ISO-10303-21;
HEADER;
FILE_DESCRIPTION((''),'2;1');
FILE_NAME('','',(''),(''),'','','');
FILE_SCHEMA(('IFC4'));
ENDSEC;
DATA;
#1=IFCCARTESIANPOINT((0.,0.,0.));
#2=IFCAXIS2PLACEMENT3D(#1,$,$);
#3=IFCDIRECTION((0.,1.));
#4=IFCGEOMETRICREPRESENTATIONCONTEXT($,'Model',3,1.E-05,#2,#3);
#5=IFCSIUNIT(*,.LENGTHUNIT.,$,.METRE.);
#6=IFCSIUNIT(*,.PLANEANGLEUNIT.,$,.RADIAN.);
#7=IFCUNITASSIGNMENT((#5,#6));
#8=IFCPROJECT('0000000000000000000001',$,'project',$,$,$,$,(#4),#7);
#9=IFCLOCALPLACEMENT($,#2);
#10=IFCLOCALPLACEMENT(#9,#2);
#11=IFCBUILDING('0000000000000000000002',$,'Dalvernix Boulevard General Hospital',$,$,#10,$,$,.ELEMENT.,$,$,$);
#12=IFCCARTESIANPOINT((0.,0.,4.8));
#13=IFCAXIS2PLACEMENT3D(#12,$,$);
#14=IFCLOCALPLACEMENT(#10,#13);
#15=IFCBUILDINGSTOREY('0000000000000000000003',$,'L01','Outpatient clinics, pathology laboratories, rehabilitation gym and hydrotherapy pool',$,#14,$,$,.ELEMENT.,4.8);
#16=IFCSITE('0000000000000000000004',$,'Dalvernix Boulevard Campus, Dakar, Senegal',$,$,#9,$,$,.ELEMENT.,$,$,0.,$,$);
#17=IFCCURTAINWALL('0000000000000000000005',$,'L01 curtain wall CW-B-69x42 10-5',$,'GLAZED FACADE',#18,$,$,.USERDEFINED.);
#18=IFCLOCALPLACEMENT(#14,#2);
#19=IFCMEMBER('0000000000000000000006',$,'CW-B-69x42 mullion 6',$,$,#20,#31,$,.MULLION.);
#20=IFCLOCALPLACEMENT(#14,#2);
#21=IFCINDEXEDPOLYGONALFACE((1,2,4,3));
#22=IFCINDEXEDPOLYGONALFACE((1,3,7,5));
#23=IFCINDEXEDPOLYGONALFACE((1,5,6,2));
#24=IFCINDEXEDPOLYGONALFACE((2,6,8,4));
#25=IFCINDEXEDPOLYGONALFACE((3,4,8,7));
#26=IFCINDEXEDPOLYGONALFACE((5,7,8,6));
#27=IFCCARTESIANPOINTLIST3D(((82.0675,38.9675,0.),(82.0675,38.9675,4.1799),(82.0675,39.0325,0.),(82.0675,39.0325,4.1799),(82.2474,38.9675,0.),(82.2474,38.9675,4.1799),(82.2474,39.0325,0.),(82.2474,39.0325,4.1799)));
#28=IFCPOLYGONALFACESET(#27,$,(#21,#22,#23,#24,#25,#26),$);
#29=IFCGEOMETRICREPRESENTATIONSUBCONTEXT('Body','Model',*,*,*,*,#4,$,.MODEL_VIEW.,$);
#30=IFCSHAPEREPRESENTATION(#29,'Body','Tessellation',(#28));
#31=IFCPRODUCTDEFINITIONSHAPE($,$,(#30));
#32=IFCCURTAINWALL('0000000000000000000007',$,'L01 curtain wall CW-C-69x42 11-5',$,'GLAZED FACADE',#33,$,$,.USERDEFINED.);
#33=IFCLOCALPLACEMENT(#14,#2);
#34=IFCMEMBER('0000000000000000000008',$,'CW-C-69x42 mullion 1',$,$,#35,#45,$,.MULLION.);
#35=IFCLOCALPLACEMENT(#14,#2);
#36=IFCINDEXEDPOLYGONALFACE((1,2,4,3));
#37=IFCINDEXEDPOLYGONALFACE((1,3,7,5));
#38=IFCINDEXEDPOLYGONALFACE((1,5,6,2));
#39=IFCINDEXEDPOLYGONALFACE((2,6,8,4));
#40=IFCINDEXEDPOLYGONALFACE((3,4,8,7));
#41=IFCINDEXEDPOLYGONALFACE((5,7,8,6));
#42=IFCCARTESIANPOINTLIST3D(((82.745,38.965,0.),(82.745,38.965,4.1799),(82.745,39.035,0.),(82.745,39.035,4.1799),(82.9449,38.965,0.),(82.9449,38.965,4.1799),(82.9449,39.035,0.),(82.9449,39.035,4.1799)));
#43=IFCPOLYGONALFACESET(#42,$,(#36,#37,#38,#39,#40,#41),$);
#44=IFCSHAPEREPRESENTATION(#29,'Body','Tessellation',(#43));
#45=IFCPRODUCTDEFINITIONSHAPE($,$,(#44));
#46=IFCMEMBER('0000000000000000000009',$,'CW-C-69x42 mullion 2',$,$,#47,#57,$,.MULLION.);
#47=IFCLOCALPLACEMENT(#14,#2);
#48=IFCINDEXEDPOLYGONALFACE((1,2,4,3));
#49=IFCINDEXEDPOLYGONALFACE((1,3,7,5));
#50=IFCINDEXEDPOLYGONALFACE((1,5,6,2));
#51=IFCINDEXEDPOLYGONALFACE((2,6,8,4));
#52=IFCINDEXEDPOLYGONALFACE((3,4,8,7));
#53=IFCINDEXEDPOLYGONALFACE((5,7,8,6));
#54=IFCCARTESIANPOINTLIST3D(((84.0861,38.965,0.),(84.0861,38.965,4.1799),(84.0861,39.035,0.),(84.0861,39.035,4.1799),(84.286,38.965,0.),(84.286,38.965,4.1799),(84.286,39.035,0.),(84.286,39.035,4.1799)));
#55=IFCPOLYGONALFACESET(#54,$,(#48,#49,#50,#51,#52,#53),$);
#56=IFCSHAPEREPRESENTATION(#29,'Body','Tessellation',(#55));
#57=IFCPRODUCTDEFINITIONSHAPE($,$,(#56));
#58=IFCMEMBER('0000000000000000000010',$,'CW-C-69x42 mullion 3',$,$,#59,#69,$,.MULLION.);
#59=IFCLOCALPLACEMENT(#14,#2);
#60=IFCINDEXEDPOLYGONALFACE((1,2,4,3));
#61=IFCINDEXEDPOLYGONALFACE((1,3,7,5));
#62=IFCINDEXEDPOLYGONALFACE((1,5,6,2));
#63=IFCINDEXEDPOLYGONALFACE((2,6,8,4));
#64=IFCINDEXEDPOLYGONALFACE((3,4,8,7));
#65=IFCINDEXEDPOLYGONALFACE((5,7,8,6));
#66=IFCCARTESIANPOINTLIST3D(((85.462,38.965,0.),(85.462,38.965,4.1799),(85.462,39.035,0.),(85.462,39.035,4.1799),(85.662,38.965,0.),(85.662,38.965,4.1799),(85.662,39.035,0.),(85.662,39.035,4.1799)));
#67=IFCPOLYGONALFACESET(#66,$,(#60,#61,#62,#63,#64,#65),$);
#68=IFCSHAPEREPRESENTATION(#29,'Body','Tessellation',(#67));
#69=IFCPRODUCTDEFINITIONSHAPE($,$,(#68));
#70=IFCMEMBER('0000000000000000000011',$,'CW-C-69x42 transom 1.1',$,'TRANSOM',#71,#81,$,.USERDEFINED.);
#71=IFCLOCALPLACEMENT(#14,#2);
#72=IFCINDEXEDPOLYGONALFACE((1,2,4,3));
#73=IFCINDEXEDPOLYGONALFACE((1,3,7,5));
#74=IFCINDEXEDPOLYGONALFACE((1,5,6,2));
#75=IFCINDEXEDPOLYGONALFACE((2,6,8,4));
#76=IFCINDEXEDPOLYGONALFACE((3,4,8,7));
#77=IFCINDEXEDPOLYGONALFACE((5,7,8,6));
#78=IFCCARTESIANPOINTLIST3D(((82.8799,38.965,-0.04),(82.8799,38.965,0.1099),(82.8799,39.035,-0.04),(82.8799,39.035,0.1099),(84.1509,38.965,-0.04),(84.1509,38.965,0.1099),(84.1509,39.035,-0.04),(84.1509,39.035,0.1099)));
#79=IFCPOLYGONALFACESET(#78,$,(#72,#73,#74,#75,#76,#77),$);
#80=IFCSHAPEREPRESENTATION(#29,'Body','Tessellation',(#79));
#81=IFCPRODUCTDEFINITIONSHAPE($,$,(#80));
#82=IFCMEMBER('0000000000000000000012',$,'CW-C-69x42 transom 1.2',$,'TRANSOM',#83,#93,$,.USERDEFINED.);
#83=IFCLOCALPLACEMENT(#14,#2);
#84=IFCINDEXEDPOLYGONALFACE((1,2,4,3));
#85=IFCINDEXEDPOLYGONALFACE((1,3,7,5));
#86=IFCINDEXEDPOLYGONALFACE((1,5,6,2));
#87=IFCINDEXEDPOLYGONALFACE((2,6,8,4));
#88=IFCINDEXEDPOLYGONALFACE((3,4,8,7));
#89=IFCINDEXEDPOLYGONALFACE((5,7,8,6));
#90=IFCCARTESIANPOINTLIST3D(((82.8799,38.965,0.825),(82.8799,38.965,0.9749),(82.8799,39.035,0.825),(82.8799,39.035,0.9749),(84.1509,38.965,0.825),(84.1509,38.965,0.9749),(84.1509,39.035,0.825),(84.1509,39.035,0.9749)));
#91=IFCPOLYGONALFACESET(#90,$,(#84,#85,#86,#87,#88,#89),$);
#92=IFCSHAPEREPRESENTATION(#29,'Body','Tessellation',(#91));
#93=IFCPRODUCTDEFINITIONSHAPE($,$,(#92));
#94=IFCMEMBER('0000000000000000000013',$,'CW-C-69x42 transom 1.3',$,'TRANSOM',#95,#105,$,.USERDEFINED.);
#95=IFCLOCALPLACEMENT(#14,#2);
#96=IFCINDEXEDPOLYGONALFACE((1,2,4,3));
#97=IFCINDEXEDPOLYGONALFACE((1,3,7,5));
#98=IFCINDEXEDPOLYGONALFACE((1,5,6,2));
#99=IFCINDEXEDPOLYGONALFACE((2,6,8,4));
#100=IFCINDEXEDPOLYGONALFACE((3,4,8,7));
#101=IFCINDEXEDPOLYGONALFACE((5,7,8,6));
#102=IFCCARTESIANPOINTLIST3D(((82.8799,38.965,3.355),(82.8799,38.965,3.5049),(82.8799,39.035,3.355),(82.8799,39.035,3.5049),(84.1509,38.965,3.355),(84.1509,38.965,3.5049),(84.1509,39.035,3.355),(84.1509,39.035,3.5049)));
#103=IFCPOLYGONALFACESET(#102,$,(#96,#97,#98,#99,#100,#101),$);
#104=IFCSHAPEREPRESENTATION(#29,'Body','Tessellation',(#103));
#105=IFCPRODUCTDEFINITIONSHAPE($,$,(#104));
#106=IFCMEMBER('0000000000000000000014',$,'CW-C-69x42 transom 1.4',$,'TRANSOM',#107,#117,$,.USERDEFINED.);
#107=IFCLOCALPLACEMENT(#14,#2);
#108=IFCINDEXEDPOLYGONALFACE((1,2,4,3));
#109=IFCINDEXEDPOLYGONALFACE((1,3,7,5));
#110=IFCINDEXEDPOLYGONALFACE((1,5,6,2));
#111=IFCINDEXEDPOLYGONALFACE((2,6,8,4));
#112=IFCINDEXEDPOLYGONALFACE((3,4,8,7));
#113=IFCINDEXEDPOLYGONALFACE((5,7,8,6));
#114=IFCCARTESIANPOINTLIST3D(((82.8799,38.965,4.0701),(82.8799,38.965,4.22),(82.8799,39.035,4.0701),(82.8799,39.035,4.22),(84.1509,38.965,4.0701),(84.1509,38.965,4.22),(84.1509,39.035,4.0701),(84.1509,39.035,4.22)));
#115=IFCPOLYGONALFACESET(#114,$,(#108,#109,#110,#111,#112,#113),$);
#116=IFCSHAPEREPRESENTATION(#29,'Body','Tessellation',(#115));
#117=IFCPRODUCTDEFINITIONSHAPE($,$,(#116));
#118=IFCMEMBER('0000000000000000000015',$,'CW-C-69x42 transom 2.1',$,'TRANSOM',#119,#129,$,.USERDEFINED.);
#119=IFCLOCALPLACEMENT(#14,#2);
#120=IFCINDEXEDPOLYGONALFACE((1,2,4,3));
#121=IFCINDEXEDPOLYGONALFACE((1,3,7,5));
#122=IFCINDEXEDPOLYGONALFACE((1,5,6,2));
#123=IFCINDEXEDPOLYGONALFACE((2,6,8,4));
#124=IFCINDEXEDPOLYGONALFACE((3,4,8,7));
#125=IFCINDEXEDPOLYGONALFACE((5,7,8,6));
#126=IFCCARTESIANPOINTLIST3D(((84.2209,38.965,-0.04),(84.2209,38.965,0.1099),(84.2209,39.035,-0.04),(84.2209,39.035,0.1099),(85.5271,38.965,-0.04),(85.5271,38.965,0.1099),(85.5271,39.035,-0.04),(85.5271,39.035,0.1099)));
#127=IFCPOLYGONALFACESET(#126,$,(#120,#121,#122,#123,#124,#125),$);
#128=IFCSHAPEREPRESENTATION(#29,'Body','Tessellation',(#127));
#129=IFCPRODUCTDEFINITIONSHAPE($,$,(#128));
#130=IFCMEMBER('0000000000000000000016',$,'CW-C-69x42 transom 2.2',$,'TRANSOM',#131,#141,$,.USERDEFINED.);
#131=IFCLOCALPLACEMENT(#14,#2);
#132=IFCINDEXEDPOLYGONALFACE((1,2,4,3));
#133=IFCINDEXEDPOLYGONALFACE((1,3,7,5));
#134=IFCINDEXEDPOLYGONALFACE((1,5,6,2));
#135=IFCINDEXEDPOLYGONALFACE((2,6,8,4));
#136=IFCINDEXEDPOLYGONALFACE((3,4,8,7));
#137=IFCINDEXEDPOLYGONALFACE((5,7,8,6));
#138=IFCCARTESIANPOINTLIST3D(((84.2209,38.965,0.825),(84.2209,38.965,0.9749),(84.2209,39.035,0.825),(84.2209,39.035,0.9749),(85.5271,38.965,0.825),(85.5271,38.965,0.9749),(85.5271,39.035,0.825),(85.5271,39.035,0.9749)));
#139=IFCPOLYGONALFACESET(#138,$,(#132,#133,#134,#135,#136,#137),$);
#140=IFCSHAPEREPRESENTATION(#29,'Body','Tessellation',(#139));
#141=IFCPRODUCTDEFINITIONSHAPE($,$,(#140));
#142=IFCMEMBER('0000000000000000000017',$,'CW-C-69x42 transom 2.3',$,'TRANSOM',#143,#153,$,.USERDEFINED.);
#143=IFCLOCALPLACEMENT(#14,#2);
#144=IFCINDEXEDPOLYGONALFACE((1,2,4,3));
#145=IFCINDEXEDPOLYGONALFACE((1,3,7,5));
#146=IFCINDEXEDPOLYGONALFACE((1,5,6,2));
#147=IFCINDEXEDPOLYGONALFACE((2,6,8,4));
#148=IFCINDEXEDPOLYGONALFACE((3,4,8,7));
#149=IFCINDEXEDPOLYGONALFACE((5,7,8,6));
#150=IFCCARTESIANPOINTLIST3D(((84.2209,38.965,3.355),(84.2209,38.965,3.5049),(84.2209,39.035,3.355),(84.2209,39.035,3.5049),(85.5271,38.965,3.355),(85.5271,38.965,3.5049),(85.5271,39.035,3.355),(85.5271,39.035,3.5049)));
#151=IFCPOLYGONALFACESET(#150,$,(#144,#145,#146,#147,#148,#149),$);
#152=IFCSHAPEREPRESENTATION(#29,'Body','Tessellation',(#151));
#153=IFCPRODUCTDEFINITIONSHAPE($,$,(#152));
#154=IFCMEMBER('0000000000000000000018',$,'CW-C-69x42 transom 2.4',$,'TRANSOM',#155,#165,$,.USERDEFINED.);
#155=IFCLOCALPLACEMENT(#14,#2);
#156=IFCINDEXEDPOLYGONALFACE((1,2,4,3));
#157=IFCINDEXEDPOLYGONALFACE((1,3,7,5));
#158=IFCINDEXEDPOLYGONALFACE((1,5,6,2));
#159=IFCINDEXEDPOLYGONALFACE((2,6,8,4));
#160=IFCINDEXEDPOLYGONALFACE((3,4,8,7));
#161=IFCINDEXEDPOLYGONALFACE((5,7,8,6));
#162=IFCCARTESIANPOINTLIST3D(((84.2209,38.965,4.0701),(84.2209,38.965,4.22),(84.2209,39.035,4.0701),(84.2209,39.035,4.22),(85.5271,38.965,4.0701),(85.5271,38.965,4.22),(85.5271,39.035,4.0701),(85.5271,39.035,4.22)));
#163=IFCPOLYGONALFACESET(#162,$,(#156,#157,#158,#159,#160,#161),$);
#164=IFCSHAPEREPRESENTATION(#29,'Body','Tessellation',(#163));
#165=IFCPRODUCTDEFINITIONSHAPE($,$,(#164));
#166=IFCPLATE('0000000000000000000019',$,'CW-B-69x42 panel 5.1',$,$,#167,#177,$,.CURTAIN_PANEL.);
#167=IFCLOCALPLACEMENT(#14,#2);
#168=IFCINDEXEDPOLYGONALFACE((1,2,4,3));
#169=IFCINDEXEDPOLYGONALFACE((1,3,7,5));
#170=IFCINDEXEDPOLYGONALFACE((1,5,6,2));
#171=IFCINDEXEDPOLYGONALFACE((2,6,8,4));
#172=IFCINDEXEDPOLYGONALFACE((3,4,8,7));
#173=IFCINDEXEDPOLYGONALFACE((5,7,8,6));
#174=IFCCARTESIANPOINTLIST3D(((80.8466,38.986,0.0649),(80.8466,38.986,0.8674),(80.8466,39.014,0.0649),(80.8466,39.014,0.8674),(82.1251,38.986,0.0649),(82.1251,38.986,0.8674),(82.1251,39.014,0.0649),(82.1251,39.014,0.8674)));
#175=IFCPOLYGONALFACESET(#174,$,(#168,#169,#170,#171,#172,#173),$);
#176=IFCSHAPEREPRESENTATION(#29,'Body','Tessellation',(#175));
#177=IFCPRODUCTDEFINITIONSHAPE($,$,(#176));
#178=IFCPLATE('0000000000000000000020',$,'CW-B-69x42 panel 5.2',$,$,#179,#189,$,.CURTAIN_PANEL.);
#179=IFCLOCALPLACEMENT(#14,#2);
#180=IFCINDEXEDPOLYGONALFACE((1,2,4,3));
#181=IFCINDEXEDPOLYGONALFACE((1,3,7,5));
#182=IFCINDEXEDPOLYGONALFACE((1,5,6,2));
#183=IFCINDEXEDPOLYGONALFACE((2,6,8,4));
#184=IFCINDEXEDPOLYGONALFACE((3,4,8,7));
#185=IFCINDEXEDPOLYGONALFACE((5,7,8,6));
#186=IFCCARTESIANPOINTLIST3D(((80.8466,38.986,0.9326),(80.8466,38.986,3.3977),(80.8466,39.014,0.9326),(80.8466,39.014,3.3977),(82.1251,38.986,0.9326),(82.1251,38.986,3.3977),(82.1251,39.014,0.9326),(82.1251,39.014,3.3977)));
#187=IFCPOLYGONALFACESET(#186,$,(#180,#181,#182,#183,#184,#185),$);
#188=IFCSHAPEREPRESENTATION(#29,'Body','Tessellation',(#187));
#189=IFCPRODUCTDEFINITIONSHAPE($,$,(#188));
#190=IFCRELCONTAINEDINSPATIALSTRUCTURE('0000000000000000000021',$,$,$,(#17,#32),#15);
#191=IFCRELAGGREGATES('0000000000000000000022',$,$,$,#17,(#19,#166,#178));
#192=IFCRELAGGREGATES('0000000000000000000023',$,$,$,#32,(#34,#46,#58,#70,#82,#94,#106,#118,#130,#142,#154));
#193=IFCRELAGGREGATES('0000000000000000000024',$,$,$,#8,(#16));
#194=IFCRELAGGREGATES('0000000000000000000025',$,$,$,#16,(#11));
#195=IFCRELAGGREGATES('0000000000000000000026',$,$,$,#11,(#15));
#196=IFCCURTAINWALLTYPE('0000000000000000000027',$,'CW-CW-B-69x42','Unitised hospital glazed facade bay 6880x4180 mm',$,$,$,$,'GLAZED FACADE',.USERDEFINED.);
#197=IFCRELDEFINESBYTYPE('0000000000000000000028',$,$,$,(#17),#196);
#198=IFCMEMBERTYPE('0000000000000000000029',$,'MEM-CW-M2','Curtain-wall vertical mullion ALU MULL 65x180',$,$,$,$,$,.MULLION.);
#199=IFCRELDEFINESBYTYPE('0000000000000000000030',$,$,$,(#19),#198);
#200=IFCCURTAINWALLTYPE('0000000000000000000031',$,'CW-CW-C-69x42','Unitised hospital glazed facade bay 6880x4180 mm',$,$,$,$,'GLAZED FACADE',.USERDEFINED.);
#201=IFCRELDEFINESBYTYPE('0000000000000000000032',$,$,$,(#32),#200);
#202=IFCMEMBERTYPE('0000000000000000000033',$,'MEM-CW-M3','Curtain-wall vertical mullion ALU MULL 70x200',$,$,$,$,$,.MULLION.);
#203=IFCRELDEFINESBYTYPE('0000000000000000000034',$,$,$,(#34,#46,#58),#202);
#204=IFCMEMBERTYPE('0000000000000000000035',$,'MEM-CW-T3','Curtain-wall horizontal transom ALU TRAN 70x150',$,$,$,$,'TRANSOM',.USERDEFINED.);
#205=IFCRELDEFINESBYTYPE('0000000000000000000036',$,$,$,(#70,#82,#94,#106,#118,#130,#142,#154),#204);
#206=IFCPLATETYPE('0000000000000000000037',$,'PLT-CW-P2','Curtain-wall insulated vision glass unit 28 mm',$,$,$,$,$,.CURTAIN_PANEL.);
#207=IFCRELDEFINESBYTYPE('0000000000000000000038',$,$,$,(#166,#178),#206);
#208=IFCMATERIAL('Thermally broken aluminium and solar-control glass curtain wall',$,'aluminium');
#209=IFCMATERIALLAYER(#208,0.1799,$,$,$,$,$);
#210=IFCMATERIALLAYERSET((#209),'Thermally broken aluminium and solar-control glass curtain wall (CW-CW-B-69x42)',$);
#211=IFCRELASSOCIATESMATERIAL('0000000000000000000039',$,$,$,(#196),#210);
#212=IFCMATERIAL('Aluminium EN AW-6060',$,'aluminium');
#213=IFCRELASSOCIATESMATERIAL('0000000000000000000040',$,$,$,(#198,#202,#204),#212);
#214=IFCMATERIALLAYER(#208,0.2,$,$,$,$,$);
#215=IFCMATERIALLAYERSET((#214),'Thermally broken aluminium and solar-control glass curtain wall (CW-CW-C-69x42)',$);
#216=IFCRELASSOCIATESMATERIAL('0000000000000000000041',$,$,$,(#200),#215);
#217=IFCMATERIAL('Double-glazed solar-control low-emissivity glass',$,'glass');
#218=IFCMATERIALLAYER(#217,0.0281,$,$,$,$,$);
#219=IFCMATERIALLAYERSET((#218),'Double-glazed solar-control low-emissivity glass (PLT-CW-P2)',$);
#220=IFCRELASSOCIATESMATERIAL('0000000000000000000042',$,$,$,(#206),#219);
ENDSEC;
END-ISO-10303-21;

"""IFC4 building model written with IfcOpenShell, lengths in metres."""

from ifc_helpers import new_model, si_unit, direction, frame, origin, origin_2d, place, context, subcontext, project, spatial, rectangle, extrude, material, layer, layer_set, material_profile, profile_set, type_object, element, aggregate, save


model = new_model("IFC4")

# Units and contexts
model_context = context("Model", 3, precision=1e-05, world=origin(), true_north=direction((0.0, 1.0)))
body_context = subcontext(model_context, "Body", "Model", "MODEL_VIEW")
ifc_project = project(units=[si_unit("LENGTHUNIT", "METRE"), si_unit("PLANEANGLEUNIT", "RADIAN")], contexts=[model_context])

# Site, building, storey
site_placement = place(None, origin())
site = spatial("IfcSite", under=ifc_project, at=site_placement, Name="Dalvernix Boulevard Campus, Dakar, Senegal", CompositionType="ELEMENT", RefElevation=0.0)
building_placement = place(site_placement, origin())
building = spatial("IfcBuilding", under=site, at=building_placement, Name="Dalvernix Boulevard General Hospital", CompositionType="ELEMENT")
storey_placement = place(building_placement, frame((0.0, 0.0, 4.8)))
storey = spatial("IfcBuildingStorey", under=building, at=storey_placement, Name="L01", Description="Outpatient clinics, pathology laboratories, rehabilitation gym and hydrotherapy pool", CompositionType="ELEMENT", Elevation=4.8)

# Curtain wall, member
ifc_material_1 = material(Name="Thermally broken aluminium and solar-control glass curtain wall", Category="aluminium")
ifc_layer_1 = layer(ifc_material_1, 0.1799)
ifc_layer_set_1 = layer_set([ifc_layer_1], Name="Thermally broken aluminium and solar-control glass curtain wall (CW-CW-B-69x42)")
curtain_wall_type_1 = type_object("IfcCurtainWallType", Name="CW-CW-B-69x42", Description="Unitised hospital glazed facade bay 6880x4180 mm", ElementType="GLAZED FACADE", PredefinedType="USERDEFINED", material=ifc_layer_set_1)
curtain_wall_1_placement = place(storey_placement, origin())
curtain_wall_1 = element("IfcCurtainWall", 1, at=curtain_wall_1_placement, inside=storey, type_object=curtain_wall_type_1, Name="L01 curtain wall CW-B-69x42 10-5", ObjectType="GLAZED FACADE", PredefinedType="USERDEFINED")
ifc_material_2 = material(Name="Aluminium EN AW-6060", Category="aluminium")
ifc_material_profile_1 = material_profile(ifc_material_2, rectangle(XDim=0.0649, YDim=0.1799, at=origin_2d()), Name="ALU MULL 65x180")
ifc_profile_set_1 = profile_set([ifc_material_profile_1], Name="Aluminium EN AW-6060")
member_type_1 = type_object("IfcMemberType", Name="MEM-CW-M2", Description="Curtain-wall vertical mullion ALU MULL 65x180", PredefinedType="MULLION", material=ifc_profile_set_1)
member_1_placement = place(storey_placement, frame((82.1575, 39.0, 0.0), z_axis=(0.0, 0.0, 1.0), x_axis=(0.0, 1.0, 0.0)))
member_1 = element("IfcMember", 2, at=member_1_placement, type_object=member_type_1, Name="CW-B-69x42 mullion 6", PredefinedType="MULLION", context=body_context, shape_type="SweptSolid", body=[
    extrude(rectangle(XDim=0.0649, YDim=0.1799, at=origin_2d()), origin(), (0.0, 0.0, 1.0), 4.1799),
])

# Curtain wall, members
ifc_layer_2 = layer(ifc_material_1, 0.2)
ifc_layer_set_2 = layer_set([ifc_layer_2], Name="Thermally broken aluminium and solar-control glass curtain wall (CW-CW-C-69x42)")
curtain_wall_type_2 = type_object("IfcCurtainWallType", Name="CW-CW-C-69x42", Description="Unitised hospital glazed facade bay 6880x4180 mm", ElementType="GLAZED FACADE", PredefinedType="USERDEFINED", material=ifc_layer_set_2)
curtain_wall_2_placement = place(storey_placement, origin())
curtain_wall_2 = element("IfcCurtainWall", 3, at=curtain_wall_2_placement, inside=storey, type_object=curtain_wall_type_2, Name="L01 curtain wall CW-C-69x42 11-5", ObjectType="GLAZED FACADE", PredefinedType="USERDEFINED")
ifc_material_profile_2 = material_profile(ifc_material_2, rectangle(XDim=0.0701, YDim=0.2, at=origin_2d()), Name="ALU MULL 70x200")
ifc_profile_set_2 = profile_set([ifc_material_profile_2], Name="Aluminium EN AW-6060")
member_type_2 = type_object("IfcMemberType", Name="MEM-CW-M3", Description="Curtain-wall vertical mullion ALU MULL 70x200", PredefinedType="MULLION", material=ifc_profile_set_2)
member_2_placement = place(storey_placement, frame((82.845, 39.0, 0.0), z_axis=(0.0, 0.0, 1.0), x_axis=(0.0, 1.0, 0.0)))
member_2 = element("IfcMember", 4, at=member_2_placement, type_object=member_type_2, Name="CW-C-69x42 mullion 1", PredefinedType="MULLION", context=body_context, shape_type="SweptSolid", body=[
    extrude(rectangle(XDim=0.0701, YDim=0.2, at=origin_2d()), origin(), (0.0, 0.0, 1.0), 4.1799),
])
member_3_placement = place(storey_placement, frame((84.186, 39.0, 0.0), z_axis=(0.0, 0.0, 1.0), x_axis=(0.0, 1.0, 0.0)))
member_3 = element("IfcMember", 5, at=member_3_placement, type_object=member_type_2, Name="CW-C-69x42 mullion 2", PredefinedType="MULLION", context=body_context, shape_type="SweptSolid", body=[
    extrude(rectangle(XDim=0.0701, YDim=0.2, at=origin_2d()), origin(), (0.0, 0.0, 1.0), 4.1799),
])
member_4_placement = place(storey_placement, frame((85.562, 39.0, 0.0), z_axis=(0.0, 0.0, 1.0), x_axis=(0.0, 1.0, 0.0)))
member_4 = element("IfcMember", 6, at=member_4_placement, type_object=member_type_2, Name="CW-C-69x42 mullion 3", PredefinedType="MULLION", context=body_context, shape_type="SweptSolid", body=[
    extrude(rectangle(XDim=0.0701, YDim=0.2, at=origin_2d()), origin(), (0.0, 0.0, 1.0), 4.1799),
])
ifc_material_profile_3 = material_profile(ifc_material_2, rectangle(XDim=0.0701, YDim=0.1499, at=origin_2d()), Name="ALU TRAN 70x150")
ifc_profile_set_3 = profile_set([ifc_material_profile_3], Name="Aluminium EN AW-6060")
member_type_3 = type_object("IfcMemberType", Name="MEM-CW-T3", Description="Curtain-wall horizontal transom ALU TRAN 70x150", ElementType="TRANSOM", PredefinedType="USERDEFINED", material=ifc_profile_set_3)
member_5_placement = place(storey_placement, frame((82.8799, 39.0, 0.0349), z_axis=(1.0, 0.0, 0.0), x_axis=(0.0, 1.0, 0.0)))
member_5 = element("IfcMember", 7, at=member_5_placement, type_object=member_type_3, Name="CW-C-69x42 transom 1.1", ObjectType="TRANSOM", PredefinedType="USERDEFINED", context=body_context, shape_type="SweptSolid", body=[
    extrude(rectangle(XDim=0.0701, YDim=0.1499, at=origin_2d()), origin(), (0.0, 0.0, 1.0), 1.271),
])
member_6_placement = place(storey_placement, frame((82.8799, 39.0, 0.8999), z_axis=(1.0, 0.0, 0.0), x_axis=(0.0, 1.0, 0.0)))
member_6 = element("IfcMember", 8, at=member_6_placement, type_object=member_type_3, Name="CW-C-69x42 transom 1.2", ObjectType="TRANSOM", PredefinedType="USERDEFINED", context=body_context, shape_type="SweptSolid", body=[
    extrude(rectangle(XDim=0.0701, YDim=0.1499, at=origin_2d()), origin(), (0.0, 0.0, 1.0), 1.271),
])
member_7_placement = place(storey_placement, frame((82.8799, 39.0, 3.4299), z_axis=(1.0, 0.0, 0.0), x_axis=(0.0, 1.0, 0.0)))
member_7 = element("IfcMember", 9, at=member_7_placement, type_object=member_type_3, Name="CW-C-69x42 transom 1.3", ObjectType="TRANSOM", PredefinedType="USERDEFINED", context=body_context, shape_type="SweptSolid", body=[
    extrude(rectangle(XDim=0.0701, YDim=0.1499, at=origin_2d()), origin(), (0.0, 0.0, 1.0), 1.271),
])
member_8_placement = place(storey_placement, frame((82.8799, 39.0, 4.145), z_axis=(1.0, 0.0, 0.0), x_axis=(0.0, 1.0, 0.0)))
member_8 = element("IfcMember", 10, at=member_8_placement, type_object=member_type_3, Name="CW-C-69x42 transom 1.4", ObjectType="TRANSOM", PredefinedType="USERDEFINED", context=body_context, shape_type="SweptSolid", body=[
    extrude(rectangle(XDim=0.0701, YDim=0.1499, at=origin_2d()), origin(), (0.0, 0.0, 1.0), 1.271),
])
member_9_placement = place(storey_placement, frame((84.2209, 39.0, 0.0349), z_axis=(1.0, 0.0, 0.0), x_axis=(0.0, 1.0, 0.0)))
member_9 = element("IfcMember", 11, at=member_9_placement, type_object=member_type_3, Name="CW-C-69x42 transom 2.1", ObjectType="TRANSOM", PredefinedType="USERDEFINED", context=body_context, shape_type="SweptSolid", body=[
    extrude(rectangle(XDim=0.0701, YDim=0.1499, at=origin_2d()), origin(), (0.0, 0.0, 1.0), 1.3062),
])
member_10_placement = place(storey_placement, frame((84.2209, 39.0, 0.8999), z_axis=(1.0, 0.0, 0.0), x_axis=(0.0, 1.0, 0.0)))
member_10 = element("IfcMember", 12, at=member_10_placement, type_object=member_type_3, Name="CW-C-69x42 transom 2.2", ObjectType="TRANSOM", PredefinedType="USERDEFINED", context=body_context, shape_type="SweptSolid", body=[
    extrude(rectangle(XDim=0.0701, YDim=0.1499, at=origin_2d()), origin(), (0.0, 0.0, 1.0), 1.3062),
])
member_11_placement = place(storey_placement, frame((84.2209, 39.0, 3.4299), z_axis=(1.0, 0.0, 0.0), x_axis=(0.0, 1.0, 0.0)))
member_11 = element("IfcMember", 13, at=member_11_placement, type_object=member_type_3, Name="CW-C-69x42 transom 2.3", ObjectType="TRANSOM", PredefinedType="USERDEFINED", context=body_context, shape_type="SweptSolid", body=[
    extrude(rectangle(XDim=0.0701, YDim=0.1499, at=origin_2d()), origin(), (0.0, 0.0, 1.0), 1.3062),
])
member_12_placement = place(storey_placement, frame((84.2209, 39.0, 4.145), z_axis=(1.0, 0.0, 0.0), x_axis=(0.0, 1.0, 0.0)))
member_12 = element("IfcMember", 14, at=member_12_placement, type_object=member_type_3, Name="CW-C-69x42 transom 2.4", ObjectType="TRANSOM", PredefinedType="USERDEFINED", context=body_context, shape_type="SweptSolid", body=[
    extrude(rectangle(XDim=0.0701, YDim=0.1499, at=origin_2d()), origin(), (0.0, 0.0, 1.0), 1.3062),
])

# Plates
ifc_material_3 = material(Name="Double-glazed solar-control low-emissivity glass", Category="glass")
ifc_layer_3 = layer(ifc_material_3, 0.0281)
ifc_layer_set_3 = layer_set([ifc_layer_3], Name="Double-glazed solar-control low-emissivity glass (PLT-CW-P2)")
plate_type_1 = type_object("IfcPlateType", Name="PLT-CW-P2", Description="Curtain-wall insulated vision glass unit 28 mm", PredefinedType="CURTAIN_PANEL", material=ifc_layer_set_3)
plate_1_placement = place(storey_placement, frame((81.4858, 39.0, 0.0649), z_axis=(0.0, 0.0, 1.0), x_axis=(1.0, 0.0, 0.0)))
plate_1 = element("IfcPlate", 15, at=plate_1_placement, type_object=plate_type_1, Name="CW-B-69x42 panel 5.1", PredefinedType="CURTAIN_PANEL", context=body_context, shape_type="SweptSolid", body=[
    extrude(rectangle(XDim=1.2786, YDim=0.0281, at=origin_2d()), origin(), (0.0, 0.0, 1.0), 0.8025),
])
plate_2_placement = place(storey_placement, frame((81.4858, 39.0, 0.9326), z_axis=(0.0, 0.0, 1.0), x_axis=(1.0, 0.0, 0.0)))
plate_2 = element("IfcPlate", 16, at=plate_2_placement, type_object=plate_type_1, Name="CW-B-69x42 panel 5.2", PredefinedType="CURTAIN_PANEL", context=body_context, shape_type="SweptSolid", body=[
    extrude(rectangle(XDim=1.2786, YDim=0.0281, at=origin_2d()), origin(), (0.0, 0.0, 1.0), 2.4651),
])
aggregate(curtain_wall_1, [member_1, plate_1, plate_2])
aggregate(curtain_wall_2, [member_2, member_3, member_4, member_5, member_6, member_7, member_8, member_9, member_10, member_11, member_12])

save(model, "model.ifc")
